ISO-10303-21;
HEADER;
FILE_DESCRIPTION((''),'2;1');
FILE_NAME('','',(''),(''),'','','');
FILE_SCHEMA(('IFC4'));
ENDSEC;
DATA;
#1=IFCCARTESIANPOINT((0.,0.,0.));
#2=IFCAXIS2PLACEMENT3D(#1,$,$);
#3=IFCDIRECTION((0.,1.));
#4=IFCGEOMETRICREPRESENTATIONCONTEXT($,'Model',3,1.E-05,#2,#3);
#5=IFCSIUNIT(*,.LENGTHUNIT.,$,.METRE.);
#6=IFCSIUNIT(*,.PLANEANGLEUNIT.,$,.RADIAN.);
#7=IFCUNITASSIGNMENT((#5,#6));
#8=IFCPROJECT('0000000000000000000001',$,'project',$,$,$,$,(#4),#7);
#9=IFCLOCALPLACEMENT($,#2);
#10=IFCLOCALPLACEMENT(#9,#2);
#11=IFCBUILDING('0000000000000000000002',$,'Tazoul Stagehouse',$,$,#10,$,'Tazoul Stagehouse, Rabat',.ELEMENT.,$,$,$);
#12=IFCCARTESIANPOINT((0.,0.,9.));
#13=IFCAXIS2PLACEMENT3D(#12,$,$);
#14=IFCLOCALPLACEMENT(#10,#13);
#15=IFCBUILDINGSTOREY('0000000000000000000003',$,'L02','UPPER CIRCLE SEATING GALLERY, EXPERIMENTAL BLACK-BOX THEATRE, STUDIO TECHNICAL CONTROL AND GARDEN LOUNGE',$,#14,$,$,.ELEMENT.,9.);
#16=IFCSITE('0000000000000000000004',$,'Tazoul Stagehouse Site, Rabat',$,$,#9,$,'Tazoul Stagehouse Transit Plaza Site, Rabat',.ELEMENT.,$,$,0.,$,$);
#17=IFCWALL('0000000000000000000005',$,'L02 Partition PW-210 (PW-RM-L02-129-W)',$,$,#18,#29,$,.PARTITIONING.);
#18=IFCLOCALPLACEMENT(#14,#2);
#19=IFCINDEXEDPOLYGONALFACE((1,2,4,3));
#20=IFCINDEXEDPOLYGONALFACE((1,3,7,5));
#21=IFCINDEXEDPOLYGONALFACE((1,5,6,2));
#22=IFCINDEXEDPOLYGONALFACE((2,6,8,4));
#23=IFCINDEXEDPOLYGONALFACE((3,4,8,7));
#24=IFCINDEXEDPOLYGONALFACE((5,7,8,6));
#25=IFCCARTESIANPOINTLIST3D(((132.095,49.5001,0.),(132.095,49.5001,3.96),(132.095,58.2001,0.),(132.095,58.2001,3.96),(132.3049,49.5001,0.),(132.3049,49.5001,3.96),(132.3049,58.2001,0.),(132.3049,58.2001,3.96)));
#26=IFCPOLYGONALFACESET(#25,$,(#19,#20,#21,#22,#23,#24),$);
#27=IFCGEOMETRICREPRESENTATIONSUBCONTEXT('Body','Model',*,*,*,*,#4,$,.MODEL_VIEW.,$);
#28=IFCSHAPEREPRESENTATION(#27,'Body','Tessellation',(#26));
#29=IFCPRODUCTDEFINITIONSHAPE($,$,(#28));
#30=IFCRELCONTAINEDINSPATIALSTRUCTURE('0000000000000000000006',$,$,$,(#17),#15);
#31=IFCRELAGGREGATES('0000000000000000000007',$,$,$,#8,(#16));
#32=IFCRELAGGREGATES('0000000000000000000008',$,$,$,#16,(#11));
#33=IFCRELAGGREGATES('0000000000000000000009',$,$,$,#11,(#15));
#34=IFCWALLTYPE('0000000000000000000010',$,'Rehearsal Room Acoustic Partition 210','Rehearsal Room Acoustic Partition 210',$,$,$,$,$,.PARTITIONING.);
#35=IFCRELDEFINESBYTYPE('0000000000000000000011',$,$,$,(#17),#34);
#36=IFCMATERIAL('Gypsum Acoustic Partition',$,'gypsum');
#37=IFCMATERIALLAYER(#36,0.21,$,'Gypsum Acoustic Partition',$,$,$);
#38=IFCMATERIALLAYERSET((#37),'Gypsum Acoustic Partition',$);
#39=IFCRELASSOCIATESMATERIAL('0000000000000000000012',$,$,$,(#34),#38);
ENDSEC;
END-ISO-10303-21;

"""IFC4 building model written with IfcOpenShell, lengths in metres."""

from ifc_helpers import new_model, si_unit, direction, frame, frame_2d, origin, place, context, subcontext, project, spatial, rectangle, extrude, material, layer, layer_set, type_object, element, save


model = new_model("IFC4")

# Units and contexts
model_context = context("Model", 3, precision=1e-05, world=origin(), true_north=direction((0.0, 1.0)))
body_context = subcontext(model_context, "Body", "Model", "MODEL_VIEW")
ifc_project = project(units=[si_unit("LENGTHUNIT", "METRE"), si_unit("PLANEANGLEUNIT", "RADIAN")], contexts=[model_context])

# Site, building, storey
site_placement = place(None, origin())
site = spatial("IfcSite", under=ifc_project, at=site_placement, Name="Tazoul Stagehouse Site, Rabat", LongName="Tazoul Stagehouse Transit Plaza Site, Rabat", CompositionType="ELEMENT", RefElevation=0.0)
building_placement = place(site_placement, origin())
building = spatial("IfcBuilding", under=site, at=building_placement, Name="Tazoul Stagehouse", LongName="Tazoul Stagehouse, Rabat", CompositionType="ELEMENT")
storey_placement = place(building_placement, frame((0.0, 0.0, 9.0)))
storey = spatial("IfcBuildingStorey", under=building, at=storey_placement, Name="L02", Description="UPPER CIRCLE SEATING GALLERY, EXPERIMENTAL BLACK-BOX THEATRE, STUDIO TECHNICAL CONTROL AND GARDEN LOUNGE", CompositionType="ELEMENT", Elevation=9.0)

# Shared definitions
ifc_material_1 = material(Name="Gypsum Acoustic Partition", Category="gypsum")
ifc_layer_1 = layer(ifc_material_1, 0.21, Name="Gypsum Acoustic Partition")
ifc_layer_set_1 = layer_set([ifc_layer_1], Name="Gypsum Acoustic Partition")
wall_type_1 = type_object("IfcWallType", Name="Rehearsal Room Acoustic Partition 210", Description="Rehearsal Room Acoustic Partition 210", PredefinedType="PARTITIONING", material=ifc_layer_set_1)

# Wall
wall_1_placement = place(storey_placement, frame((132.2, 49.5, 0.0), z_axis=(0.0, 0.0, 1.0), x_axis=(0.0, 1.0, 0.0)))
element("IfcWall", 1, at=wall_1_placement, inside=storey, type_object=wall_type_1, Name="L02 Partition PW-210 (PW-RM-L02-129-W)", PredefinedType="PARTITIONING", context=body_context, shape_type="SweptSolid", body=[
    extrude(rectangle(XDim=8.7, YDim=0.21, at=frame_2d((4.3501, 0.0))), origin(), (0.0, 0.0, 1.0), 3.96),
])

save(model, "model.ifc")
